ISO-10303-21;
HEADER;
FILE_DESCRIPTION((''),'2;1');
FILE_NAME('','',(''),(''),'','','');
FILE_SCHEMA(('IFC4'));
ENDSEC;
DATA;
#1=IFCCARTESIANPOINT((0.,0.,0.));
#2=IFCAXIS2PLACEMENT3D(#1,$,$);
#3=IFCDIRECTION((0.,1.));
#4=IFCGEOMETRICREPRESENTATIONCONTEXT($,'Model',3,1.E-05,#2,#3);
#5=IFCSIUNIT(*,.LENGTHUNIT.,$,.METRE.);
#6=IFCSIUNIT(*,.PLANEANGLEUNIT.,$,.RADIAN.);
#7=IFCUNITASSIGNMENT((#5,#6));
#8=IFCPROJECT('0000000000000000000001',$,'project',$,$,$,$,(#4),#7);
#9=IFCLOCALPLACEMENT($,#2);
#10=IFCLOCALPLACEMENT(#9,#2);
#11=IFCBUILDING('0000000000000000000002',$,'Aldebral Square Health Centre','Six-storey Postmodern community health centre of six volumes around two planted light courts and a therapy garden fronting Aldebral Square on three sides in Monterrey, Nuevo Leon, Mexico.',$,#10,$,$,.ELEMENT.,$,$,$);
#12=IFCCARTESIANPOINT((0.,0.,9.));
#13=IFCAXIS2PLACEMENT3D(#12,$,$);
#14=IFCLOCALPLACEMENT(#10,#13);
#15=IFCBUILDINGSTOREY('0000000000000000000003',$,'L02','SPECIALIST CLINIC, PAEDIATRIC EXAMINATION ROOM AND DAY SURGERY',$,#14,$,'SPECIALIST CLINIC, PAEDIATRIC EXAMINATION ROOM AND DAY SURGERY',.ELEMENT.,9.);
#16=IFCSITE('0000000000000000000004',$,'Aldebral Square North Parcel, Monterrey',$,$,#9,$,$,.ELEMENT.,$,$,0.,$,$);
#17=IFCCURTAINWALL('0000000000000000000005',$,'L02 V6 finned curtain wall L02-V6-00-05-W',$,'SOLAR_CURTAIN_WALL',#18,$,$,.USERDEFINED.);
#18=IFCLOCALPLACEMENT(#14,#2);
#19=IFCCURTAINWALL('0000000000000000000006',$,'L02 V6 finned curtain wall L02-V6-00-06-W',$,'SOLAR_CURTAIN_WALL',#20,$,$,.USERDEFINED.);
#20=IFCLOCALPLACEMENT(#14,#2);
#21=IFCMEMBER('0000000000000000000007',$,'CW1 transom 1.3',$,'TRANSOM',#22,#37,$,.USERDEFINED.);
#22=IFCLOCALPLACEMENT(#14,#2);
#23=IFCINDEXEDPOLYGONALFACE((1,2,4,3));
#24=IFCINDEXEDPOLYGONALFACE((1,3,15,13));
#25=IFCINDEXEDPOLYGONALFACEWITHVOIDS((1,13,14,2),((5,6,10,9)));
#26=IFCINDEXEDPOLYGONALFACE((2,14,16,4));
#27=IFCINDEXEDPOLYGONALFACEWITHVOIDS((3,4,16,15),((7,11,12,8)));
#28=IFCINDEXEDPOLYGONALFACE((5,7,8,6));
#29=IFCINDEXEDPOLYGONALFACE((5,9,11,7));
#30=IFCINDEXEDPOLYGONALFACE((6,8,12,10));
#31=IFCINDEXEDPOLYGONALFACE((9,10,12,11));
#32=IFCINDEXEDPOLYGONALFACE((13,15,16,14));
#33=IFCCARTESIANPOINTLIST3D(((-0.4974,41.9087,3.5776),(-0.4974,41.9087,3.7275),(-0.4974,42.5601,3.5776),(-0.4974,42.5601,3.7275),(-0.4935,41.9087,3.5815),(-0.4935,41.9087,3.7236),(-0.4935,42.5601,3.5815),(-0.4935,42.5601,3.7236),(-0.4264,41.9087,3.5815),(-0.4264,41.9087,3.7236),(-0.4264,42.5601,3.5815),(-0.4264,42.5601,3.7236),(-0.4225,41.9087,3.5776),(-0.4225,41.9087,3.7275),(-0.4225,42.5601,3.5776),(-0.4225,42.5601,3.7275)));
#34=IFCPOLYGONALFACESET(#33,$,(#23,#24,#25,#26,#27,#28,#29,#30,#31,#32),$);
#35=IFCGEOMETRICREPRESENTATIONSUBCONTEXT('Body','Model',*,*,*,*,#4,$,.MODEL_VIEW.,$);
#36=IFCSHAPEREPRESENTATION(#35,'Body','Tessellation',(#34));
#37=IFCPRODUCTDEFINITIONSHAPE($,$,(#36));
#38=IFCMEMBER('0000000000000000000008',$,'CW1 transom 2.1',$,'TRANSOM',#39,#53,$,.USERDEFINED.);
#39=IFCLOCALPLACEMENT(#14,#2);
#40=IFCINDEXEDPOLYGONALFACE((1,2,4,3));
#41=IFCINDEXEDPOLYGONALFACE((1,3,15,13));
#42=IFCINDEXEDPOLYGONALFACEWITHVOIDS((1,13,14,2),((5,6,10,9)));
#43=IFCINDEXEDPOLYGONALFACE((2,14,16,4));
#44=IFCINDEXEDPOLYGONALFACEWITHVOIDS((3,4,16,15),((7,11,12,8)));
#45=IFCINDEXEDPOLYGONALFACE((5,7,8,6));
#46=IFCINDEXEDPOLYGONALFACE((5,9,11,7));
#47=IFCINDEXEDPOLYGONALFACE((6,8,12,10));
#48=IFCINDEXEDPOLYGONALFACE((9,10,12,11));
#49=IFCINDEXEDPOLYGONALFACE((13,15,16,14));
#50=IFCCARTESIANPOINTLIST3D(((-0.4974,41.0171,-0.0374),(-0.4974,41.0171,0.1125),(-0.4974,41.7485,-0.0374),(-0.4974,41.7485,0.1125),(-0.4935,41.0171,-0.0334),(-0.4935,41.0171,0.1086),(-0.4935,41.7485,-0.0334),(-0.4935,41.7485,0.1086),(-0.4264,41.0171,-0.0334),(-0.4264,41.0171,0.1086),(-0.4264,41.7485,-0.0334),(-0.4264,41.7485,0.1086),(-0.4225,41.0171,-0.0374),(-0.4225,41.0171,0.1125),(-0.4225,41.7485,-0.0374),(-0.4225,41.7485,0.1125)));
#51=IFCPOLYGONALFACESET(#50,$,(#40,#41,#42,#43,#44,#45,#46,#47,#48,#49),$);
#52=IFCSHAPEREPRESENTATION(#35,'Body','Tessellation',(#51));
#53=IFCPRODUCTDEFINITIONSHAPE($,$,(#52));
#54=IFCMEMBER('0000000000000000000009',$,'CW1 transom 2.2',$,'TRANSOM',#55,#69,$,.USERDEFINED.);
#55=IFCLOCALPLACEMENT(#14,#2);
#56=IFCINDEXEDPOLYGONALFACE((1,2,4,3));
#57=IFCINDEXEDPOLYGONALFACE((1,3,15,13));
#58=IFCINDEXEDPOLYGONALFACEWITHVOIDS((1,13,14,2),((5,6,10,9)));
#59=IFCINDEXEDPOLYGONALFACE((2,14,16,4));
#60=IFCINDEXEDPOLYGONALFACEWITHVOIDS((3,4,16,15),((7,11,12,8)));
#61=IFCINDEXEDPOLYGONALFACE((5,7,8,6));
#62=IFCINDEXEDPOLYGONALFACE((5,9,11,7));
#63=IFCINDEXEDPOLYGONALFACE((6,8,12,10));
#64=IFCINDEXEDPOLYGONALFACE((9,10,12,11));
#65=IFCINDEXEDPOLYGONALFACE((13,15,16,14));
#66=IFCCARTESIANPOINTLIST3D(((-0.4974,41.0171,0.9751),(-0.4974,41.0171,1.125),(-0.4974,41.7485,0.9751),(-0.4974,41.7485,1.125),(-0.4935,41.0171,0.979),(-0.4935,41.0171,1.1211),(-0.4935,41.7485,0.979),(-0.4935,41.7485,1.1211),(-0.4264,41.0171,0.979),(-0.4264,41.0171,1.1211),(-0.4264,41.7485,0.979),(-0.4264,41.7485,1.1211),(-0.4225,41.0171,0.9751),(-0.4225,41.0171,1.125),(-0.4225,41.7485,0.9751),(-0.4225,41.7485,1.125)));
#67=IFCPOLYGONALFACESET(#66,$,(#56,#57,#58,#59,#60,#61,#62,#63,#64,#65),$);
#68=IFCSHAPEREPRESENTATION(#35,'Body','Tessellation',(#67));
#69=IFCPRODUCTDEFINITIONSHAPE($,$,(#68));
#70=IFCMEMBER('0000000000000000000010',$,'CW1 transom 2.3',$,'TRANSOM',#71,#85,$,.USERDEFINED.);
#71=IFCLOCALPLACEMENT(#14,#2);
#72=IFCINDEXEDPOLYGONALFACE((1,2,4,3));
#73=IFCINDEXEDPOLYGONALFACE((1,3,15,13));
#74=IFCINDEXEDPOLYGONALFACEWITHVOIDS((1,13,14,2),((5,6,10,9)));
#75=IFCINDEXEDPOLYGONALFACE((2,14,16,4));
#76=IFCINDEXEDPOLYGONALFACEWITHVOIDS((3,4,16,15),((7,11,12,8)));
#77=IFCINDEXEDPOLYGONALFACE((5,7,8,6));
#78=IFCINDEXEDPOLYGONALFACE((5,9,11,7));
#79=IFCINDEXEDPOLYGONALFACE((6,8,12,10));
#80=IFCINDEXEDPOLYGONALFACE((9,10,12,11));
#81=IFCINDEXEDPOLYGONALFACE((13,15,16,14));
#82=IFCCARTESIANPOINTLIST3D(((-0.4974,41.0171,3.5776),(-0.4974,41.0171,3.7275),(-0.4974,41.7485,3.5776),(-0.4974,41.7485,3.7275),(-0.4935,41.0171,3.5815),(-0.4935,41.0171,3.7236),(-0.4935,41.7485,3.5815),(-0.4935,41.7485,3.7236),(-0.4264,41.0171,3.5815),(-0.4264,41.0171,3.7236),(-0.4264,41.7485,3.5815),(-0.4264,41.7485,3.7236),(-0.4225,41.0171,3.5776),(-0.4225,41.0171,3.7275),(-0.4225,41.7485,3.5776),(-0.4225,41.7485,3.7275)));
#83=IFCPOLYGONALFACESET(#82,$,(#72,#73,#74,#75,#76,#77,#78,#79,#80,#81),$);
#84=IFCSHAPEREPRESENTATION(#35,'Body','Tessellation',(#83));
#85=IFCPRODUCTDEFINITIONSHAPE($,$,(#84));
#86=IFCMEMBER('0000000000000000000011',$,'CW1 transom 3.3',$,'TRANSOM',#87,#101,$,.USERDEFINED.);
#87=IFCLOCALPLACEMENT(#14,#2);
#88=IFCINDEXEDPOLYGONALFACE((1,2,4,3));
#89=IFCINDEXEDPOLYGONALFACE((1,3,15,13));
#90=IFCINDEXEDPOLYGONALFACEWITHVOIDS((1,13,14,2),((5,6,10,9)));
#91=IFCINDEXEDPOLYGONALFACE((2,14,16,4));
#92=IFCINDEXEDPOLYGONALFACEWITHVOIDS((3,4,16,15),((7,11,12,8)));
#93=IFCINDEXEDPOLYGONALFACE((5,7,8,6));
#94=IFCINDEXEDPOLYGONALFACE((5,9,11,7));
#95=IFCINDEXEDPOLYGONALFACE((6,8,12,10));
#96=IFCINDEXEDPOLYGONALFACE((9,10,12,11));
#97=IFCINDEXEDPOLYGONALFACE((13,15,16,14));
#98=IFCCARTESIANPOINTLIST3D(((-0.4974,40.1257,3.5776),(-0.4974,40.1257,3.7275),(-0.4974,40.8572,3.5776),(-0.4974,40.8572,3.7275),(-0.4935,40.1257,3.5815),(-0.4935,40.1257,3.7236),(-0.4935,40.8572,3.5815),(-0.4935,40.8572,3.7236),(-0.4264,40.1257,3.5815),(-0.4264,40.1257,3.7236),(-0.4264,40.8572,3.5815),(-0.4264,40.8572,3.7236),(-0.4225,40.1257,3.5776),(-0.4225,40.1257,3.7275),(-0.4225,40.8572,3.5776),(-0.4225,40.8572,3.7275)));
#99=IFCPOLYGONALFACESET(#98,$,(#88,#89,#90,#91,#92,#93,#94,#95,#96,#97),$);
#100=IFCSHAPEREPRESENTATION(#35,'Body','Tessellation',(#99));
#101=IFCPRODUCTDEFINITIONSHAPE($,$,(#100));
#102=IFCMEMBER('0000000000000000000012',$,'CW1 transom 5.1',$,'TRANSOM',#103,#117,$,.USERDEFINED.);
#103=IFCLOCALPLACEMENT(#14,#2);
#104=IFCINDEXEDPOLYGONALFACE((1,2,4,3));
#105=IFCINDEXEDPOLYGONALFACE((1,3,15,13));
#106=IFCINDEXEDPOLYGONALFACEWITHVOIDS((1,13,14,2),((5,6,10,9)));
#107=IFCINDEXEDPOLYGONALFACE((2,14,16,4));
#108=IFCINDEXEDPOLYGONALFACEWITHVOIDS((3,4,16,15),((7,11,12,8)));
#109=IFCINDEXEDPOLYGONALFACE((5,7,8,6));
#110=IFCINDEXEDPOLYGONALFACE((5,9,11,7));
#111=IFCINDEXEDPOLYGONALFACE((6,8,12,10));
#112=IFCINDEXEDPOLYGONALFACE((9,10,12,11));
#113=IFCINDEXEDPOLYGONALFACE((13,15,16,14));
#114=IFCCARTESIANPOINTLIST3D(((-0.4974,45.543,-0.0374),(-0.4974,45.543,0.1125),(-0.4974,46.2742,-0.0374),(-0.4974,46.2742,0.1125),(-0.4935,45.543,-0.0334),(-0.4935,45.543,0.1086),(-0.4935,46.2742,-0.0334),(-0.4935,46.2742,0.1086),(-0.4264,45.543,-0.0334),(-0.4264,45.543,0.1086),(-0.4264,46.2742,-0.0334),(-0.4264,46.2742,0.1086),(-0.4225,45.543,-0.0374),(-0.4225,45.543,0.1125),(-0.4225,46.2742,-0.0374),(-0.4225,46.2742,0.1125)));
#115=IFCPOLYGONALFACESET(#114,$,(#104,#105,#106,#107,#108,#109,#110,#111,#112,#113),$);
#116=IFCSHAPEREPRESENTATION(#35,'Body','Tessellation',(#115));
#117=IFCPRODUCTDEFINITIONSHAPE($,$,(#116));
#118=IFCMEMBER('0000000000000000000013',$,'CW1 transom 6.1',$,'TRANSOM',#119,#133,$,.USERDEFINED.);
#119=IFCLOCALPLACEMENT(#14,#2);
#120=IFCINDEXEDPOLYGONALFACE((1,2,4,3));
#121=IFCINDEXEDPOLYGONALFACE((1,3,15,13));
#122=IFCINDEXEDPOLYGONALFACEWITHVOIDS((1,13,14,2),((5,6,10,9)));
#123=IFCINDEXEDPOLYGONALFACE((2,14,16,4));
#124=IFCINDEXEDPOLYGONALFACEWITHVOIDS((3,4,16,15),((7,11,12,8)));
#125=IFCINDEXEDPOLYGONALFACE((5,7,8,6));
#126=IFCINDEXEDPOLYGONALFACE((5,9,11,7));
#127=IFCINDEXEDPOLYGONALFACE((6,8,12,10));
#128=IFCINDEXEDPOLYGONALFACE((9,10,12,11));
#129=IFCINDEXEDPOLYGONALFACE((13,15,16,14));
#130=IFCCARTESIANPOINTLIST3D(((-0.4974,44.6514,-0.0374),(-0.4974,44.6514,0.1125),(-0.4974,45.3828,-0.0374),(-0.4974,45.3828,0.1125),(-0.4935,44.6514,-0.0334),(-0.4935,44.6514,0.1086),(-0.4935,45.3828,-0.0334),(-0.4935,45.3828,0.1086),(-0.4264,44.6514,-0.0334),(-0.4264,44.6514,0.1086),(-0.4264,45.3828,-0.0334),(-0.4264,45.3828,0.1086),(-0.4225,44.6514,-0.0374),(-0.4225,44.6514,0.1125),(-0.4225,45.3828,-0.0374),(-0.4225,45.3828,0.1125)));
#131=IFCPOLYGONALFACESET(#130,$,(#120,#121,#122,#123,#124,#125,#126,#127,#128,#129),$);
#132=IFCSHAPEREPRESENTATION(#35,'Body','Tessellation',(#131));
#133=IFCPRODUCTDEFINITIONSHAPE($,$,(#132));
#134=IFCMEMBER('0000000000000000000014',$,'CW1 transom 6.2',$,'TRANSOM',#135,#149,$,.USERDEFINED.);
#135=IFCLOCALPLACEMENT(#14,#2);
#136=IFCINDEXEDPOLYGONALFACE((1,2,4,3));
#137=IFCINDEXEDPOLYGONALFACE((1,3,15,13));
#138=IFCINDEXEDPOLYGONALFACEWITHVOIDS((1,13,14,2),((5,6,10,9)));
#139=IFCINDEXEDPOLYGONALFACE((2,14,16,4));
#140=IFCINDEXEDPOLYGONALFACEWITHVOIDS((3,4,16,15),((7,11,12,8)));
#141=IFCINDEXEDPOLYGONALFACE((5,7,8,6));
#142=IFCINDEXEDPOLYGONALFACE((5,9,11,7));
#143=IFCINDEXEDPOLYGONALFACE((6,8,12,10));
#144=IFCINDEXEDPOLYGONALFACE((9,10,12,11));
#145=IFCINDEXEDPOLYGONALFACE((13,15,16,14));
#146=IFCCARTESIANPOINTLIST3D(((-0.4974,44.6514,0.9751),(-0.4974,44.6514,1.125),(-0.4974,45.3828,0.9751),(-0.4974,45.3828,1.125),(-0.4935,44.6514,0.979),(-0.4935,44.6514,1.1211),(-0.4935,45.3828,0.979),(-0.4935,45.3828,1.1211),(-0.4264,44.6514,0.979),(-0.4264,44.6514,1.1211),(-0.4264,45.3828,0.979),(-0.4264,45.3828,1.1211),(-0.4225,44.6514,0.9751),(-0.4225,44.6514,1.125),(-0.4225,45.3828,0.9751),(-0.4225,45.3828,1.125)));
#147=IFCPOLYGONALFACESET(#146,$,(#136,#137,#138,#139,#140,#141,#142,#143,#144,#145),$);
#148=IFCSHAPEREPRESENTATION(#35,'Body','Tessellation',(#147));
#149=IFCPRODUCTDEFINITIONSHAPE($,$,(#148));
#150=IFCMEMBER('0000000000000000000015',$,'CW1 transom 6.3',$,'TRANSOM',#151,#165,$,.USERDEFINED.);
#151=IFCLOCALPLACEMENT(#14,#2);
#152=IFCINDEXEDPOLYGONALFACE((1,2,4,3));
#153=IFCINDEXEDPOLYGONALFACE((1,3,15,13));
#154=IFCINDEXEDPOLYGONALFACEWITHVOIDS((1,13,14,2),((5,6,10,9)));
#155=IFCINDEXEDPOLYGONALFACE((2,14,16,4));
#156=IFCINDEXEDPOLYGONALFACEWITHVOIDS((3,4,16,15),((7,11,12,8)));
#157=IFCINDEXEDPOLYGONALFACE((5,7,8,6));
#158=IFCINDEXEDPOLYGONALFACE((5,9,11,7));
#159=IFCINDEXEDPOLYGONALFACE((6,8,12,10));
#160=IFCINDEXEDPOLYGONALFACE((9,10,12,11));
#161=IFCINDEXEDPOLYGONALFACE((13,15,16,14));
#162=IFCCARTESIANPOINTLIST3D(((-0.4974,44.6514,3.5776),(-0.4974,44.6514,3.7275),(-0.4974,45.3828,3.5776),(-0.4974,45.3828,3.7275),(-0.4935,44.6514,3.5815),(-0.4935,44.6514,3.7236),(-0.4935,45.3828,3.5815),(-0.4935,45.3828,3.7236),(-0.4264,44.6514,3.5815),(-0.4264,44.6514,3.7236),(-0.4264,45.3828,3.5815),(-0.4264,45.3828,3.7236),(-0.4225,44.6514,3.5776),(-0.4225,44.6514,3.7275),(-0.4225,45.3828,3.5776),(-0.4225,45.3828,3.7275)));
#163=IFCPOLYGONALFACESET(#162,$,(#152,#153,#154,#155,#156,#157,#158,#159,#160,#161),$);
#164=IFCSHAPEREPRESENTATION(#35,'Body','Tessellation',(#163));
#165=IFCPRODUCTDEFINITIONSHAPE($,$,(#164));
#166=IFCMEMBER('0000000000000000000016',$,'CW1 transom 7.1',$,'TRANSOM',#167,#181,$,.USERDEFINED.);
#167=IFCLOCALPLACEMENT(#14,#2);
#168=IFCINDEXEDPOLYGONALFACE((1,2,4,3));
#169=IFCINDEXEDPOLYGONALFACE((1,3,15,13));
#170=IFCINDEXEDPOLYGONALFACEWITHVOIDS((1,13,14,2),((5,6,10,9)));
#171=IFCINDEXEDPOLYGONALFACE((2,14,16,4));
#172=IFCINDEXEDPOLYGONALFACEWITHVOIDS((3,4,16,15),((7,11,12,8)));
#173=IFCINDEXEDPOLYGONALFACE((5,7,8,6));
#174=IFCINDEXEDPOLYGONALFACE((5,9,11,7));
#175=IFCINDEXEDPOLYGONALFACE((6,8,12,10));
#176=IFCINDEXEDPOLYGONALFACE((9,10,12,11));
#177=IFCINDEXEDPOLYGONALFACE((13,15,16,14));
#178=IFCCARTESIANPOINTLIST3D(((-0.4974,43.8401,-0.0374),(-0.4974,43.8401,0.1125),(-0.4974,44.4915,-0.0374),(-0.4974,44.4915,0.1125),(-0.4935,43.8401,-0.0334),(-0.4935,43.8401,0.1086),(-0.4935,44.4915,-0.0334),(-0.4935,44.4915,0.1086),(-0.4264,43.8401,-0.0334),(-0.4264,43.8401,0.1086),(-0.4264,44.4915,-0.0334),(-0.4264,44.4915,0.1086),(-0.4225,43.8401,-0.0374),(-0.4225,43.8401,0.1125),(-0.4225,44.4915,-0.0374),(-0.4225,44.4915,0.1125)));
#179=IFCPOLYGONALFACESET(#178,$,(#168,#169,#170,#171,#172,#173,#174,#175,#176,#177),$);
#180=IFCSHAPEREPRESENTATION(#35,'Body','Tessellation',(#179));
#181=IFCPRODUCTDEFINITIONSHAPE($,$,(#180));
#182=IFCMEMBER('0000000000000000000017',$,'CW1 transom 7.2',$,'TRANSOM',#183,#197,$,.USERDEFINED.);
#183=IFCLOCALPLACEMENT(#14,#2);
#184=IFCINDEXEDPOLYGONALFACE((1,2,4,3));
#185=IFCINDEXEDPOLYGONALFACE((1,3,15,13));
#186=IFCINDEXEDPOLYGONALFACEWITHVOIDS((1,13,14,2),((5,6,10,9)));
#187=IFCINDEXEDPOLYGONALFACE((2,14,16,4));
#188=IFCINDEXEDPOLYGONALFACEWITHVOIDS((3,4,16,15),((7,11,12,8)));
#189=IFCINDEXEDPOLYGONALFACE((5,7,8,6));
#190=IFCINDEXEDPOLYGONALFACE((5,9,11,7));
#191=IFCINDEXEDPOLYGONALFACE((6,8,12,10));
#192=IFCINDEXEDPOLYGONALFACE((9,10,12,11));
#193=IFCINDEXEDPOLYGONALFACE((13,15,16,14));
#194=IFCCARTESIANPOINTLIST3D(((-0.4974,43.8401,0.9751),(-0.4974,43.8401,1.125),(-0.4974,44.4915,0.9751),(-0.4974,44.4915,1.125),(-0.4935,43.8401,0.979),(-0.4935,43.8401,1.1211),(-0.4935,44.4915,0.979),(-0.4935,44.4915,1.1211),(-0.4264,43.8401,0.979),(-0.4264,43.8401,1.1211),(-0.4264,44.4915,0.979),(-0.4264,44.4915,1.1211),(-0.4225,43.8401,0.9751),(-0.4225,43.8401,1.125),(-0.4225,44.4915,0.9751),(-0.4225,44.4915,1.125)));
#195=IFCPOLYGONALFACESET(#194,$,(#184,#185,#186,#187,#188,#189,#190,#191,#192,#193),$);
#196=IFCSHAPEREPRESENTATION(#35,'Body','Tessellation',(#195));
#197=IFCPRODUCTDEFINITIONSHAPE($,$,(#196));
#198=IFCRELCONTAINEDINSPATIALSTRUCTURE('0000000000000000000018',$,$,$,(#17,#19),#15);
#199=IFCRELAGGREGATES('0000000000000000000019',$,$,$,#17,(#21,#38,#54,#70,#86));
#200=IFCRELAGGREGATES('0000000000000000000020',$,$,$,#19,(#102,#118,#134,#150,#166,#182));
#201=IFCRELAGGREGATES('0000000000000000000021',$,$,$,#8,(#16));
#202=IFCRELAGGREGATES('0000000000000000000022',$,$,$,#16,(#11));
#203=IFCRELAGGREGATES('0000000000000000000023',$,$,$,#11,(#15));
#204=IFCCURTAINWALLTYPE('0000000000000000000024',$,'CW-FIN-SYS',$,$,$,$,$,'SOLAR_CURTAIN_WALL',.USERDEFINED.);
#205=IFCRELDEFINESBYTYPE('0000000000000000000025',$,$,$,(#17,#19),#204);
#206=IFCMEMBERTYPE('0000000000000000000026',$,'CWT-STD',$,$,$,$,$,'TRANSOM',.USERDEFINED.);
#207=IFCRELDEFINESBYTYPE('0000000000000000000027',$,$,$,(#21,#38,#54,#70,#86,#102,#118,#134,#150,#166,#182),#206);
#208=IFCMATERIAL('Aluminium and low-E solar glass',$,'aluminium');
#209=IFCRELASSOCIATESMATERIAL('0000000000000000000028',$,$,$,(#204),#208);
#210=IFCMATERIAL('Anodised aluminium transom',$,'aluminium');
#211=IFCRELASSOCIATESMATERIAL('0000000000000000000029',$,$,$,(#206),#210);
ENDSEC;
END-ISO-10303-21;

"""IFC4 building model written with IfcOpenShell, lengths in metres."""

from ifc_helpers import new_model, si_unit, direction, frame, origin, origin_2d, place, context, subcontext, project, spatial, hollow_rectangle, extrude, material, material_profile, profile_set, type_object, element, aggregate, save


model = new_model("IFC4")

# Units and contexts
model_context = context("Model", 3, precision=1e-05, world=origin(), true_north=direction((0.0, 1.0)))
body_context = subcontext(model_context, "Body", "Model", "MODEL_VIEW")
ifc_project = project(units=[si_unit("LENGTHUNIT", "METRE"), si_unit("PLANEANGLEUNIT", "RADIAN")], contexts=[model_context])

# Site, building, storey
site_placement = place(None, origin())
site = spatial("IfcSite", under=ifc_project, at=site_placement, Name="Aldebral Square North Parcel, Monterrey", CompositionType="ELEMENT", RefElevation=0.0)
building_placement = place(site_placement, origin())
building = spatial("IfcBuilding", under=site, at=building_placement, Name="Aldebral Square Health Centre", Description="Six-storey Postmodern community health centre of six volumes around two planted light courts and a therapy garden fronting Aldebral Square on three sides in Monterrey, Nuevo Leon, Mexico.", CompositionType="ELEMENT")
storey_placement = place(building_placement, frame((0.0, 0.0, 9.0)))
storey = spatial("IfcBuildingStorey", under=building, at=storey_placement, Name="L02", Description="SPECIALIST CLINIC, PAEDIATRIC EXAMINATION ROOM AND DAY SURGERY", LongName="SPECIALIST CLINIC, PAEDIATRIC EXAMINATION ROOM AND DAY SURGERY", CompositionType="ELEMENT", Elevation=9.0)

# Curtain walls
ifc_material_1 = material(Name="Aluminium and low-E solar glass", Category="aluminium")
curtain_wall_type = type_object("IfcCurtainWallType", Name="CW-FIN-SYS", ElementType="SOLAR_CURTAIN_WALL", PredefinedType="USERDEFINED", material=ifc_material_1)
curtain_wall_1_placement = place(storey_placement, origin())
curtain_wall_1 = element("IfcCurtainWall", 1, at=curtain_wall_1_placement, inside=storey, type_object=curtain_wall_type, Name="L02 V6 finned curtain wall L02-V6-00-05-W", ObjectType="SOLAR_CURTAIN_WALL", PredefinedType="USERDEFINED")
curtain_wall_2_placement = place(storey_placement, origin())
curtain_wall_2 = element("IfcCurtainWall", 2, at=curtain_wall_2_placement, inside=storey, type_object=curtain_wall_type, Name="L02 V6 finned curtain wall L02-V6-00-06-W", ObjectType="SOLAR_CURTAIN_WALL", PredefinedType="USERDEFINED")

# Members
ifc_material_2 = material(Name="Anodised aluminium transom", Category="aluminium")
ifc_material_profile_1 = material_profile(ifc_material_2, hollow_rectangle(XDim=0.075, YDim=0.1499, WallThickness=0.0039, at=origin_2d()), Name="CWT 75x150x4")
ifc_profile_set_1 = profile_set([ifc_material_profile_1], Name="Anodised aluminium transom")
member_type_1 = type_object("IfcMemberType", Name="CWT-STD", ElementType="TRANSOM", PredefinedType="USERDEFINED", material=ifc_profile_set_1)
member_1_placement = place(storey_placement, frame((-0.46, 42.5601, 3.6526), z_axis=(0.0, -1.0, 0.0), x_axis=(1.0, 0.0, 0.0)))
member_1 = element("IfcMember", 3, at=member_1_placement, type_object=member_type_1, Name="CW1 transom 1.3", ObjectType="TRANSOM", PredefinedType="USERDEFINED", context=body_context, shape_type="SweptSolid", body=[
    extrude(hollow_rectangle(XDim=0.075, YDim=0.1499, WallThickness=0.0039, at=origin_2d()), origin(), (0.0, 0.0, 1.0), 0.6514),
])
member_2_placement = place(storey_placement, frame((-0.46, 41.7485, 0.0376), z_axis=(0.0, -1.0, 0.0), x_axis=(1.0, 0.0, 0.0)))
member_2 = element("IfcMember", 4, at=member_2_placement, type_object=member_type_1, Name="CW1 transom 2.1", ObjectType="TRANSOM", PredefinedType="USERDEFINED", context=body_context, shape_type="SweptSolid", body=[
    extrude(hollow_rectangle(XDim=0.075, YDim=0.1499, WallThickness=0.0039, at=origin_2d()), origin(), (0.0, 0.0, 1.0), 0.7314),
])
member_3_placement = place(storey_placement, frame((-0.46, 41.7485, 1.05), z_axis=(0.0, -1.0, 0.0), x_axis=(1.0, 0.0, 0.0)))
member_3 = element("IfcMember", 5, at=member_3_placement, type_object=member_type_1, Name="CW1 transom 2.2", ObjectType="TRANSOM", PredefinedType="USERDEFINED", context=body_context, shape_type="SweptSolid", body=[
    extrude(hollow_rectangle(XDim=0.075, YDim=0.1499, WallThickness=0.0039, at=origin_2d()), origin(), (0.0, 0.0, 1.0), 0.7314),
])
member_4_placement = place(storey_placement, frame((-0.46, 41.7485, 3.6526), z_axis=(0.0, -1.0, 0.0), x_axis=(1.0, 0.0, 0.0)))
member_4 = element("IfcMember", 6, at=member_4_placement, type_object=member_type_1, Name="CW1 transom 2.3", ObjectType="TRANSOM", PredefinedType="USERDEFINED", context=body_context, shape_type="SweptSolid", body=[
    extrude(hollow_rectangle(XDim=0.075, YDim=0.1499, WallThickness=0.0039, at=origin_2d()), origin(), (0.0, 0.0, 1.0), 0.7314),
])
member_5_placement = place(storey_placement, frame((-0.46, 40.8572, 3.6526), z_axis=(0.0, -1.0, 0.0), x_axis=(1.0, 0.0, 0.0)))
member_5 = element("IfcMember", 7, at=member_5_placement, type_object=member_type_1, Name="CW1 transom 3.3", ObjectType="TRANSOM", PredefinedType="USERDEFINED", context=body_context, shape_type="SweptSolid", body=[
    extrude(hollow_rectangle(XDim=0.075, YDim=0.1499, WallThickness=0.0039, at=origin_2d()), origin(), (0.0, 0.0, 1.0), 0.7314),
])
member_6_placement = place(storey_placement, frame((-0.46, 46.2742, 0.0376), z_axis=(0.0, -1.0, 0.0), x_axis=(1.0, 0.0, 0.0)))
member_6 = element("IfcMember", 8, at=member_6_placement, type_object=member_type_1, Name="CW1 transom 5.1", ObjectType="TRANSOM", PredefinedType="USERDEFINED", context=body_context, shape_type="SweptSolid", body=[
    extrude(hollow_rectangle(XDim=0.075, YDim=0.1499, WallThickness=0.0039, at=origin_2d()), origin(), (0.0, 0.0, 1.0), 0.7312),
])
member_7_placement = place(storey_placement, frame((-0.46, 45.3828, 0.0376), z_axis=(0.0, -1.0, 0.0), x_axis=(1.0, 0.0, 0.0)))
member_7 = element("IfcMember", 9, at=member_7_placement, type_object=member_type_1, Name="CW1 transom 6.1", ObjectType="TRANSOM", PredefinedType="USERDEFINED", context=body_context, shape_type="SweptSolid", body=[
    extrude(hollow_rectangle(XDim=0.075, YDim=0.1499, WallThickness=0.0039, at=origin_2d()), origin(), (0.0, 0.0, 1.0), 0.7314),
])
member_8_placement = place(storey_placement, frame((-0.46, 45.3828, 1.05), z_axis=(0.0, -1.0, 0.0), x_axis=(1.0, 0.0, 0.0)))
member_8 = element("IfcMember", 10, at=member_8_placement, type_object=member_type_1, Name="CW1 transom 6.2", ObjectType="TRANSOM", PredefinedType="USERDEFINED", context=body_context, shape_type="SweptSolid", body=[
    extrude(hollow_rectangle(XDim=0.075, YDim=0.1499, WallThickness=0.0039, at=origin_2d()), origin(), (0.0, 0.0, 1.0), 0.7314),
])
member_9_placement = place(storey_placement, frame((-0.46, 45.3828, 3.6526), z_axis=(0.0, -1.0, 0.0), x_axis=(1.0, 0.0, 0.0)))
member_9 = element("IfcMember", 11, at=member_9_placement, type_object=member_type_1, Name="CW1 transom 6.3", ObjectType="TRANSOM", PredefinedType="USERDEFINED", context=body_context, shape_type="SweptSolid", body=[
    extrude(hollow_rectangle(XDim=0.075, YDim=0.1499, WallThickness=0.0039, at=origin_2d()), origin(), (0.0, 0.0, 1.0), 0.7314),
])
member_10_placement = place(storey_placement, frame((-0.46, 44.4915, 0.0376), z_axis=(0.0, -1.0, 0.0), x_axis=(1.0, 0.0, 0.0)))
member_10 = element("IfcMember", 12, at=member_10_placement, type_object=member_type_1, Name="CW1 transom 7.1", ObjectType="TRANSOM", PredefinedType="USERDEFINED", context=body_context, shape_type="SweptSolid", body=[
    extrude(hollow_rectangle(XDim=0.075, YDim=0.1499, WallThickness=0.0039, at=origin_2d()), origin(), (0.0, 0.0, 1.0), 0.6514),
])
member_11_placement = place(storey_placement, frame((-0.46, 44.4915, 1.05), z_axis=(0.0, -1.0, 0.0), x_axis=(1.0, 0.0, 0.0)))
member_11 = element("IfcMember", 13, at=member_11_placement, type_object=member_type_1, Name="CW1 transom 7.2", ObjectType="TRANSOM", PredefinedType="USERDEFINED", context=body_context, shape_type="SweptSolid", body=[
    extrude(hollow_rectangle(XDim=0.075, YDim=0.1499, WallThickness=0.0039, at=origin_2d()), origin(), (0.0, 0.0, 1.0), 0.6514),
])

aggregate(curtain_wall_1, [member_1, member_2, member_3, member_4, member_5])
aggregate(curtain_wall_2, [member_6, member_7, member_8, member_9, member_10, member_11])

save(model, "model.ifc")
